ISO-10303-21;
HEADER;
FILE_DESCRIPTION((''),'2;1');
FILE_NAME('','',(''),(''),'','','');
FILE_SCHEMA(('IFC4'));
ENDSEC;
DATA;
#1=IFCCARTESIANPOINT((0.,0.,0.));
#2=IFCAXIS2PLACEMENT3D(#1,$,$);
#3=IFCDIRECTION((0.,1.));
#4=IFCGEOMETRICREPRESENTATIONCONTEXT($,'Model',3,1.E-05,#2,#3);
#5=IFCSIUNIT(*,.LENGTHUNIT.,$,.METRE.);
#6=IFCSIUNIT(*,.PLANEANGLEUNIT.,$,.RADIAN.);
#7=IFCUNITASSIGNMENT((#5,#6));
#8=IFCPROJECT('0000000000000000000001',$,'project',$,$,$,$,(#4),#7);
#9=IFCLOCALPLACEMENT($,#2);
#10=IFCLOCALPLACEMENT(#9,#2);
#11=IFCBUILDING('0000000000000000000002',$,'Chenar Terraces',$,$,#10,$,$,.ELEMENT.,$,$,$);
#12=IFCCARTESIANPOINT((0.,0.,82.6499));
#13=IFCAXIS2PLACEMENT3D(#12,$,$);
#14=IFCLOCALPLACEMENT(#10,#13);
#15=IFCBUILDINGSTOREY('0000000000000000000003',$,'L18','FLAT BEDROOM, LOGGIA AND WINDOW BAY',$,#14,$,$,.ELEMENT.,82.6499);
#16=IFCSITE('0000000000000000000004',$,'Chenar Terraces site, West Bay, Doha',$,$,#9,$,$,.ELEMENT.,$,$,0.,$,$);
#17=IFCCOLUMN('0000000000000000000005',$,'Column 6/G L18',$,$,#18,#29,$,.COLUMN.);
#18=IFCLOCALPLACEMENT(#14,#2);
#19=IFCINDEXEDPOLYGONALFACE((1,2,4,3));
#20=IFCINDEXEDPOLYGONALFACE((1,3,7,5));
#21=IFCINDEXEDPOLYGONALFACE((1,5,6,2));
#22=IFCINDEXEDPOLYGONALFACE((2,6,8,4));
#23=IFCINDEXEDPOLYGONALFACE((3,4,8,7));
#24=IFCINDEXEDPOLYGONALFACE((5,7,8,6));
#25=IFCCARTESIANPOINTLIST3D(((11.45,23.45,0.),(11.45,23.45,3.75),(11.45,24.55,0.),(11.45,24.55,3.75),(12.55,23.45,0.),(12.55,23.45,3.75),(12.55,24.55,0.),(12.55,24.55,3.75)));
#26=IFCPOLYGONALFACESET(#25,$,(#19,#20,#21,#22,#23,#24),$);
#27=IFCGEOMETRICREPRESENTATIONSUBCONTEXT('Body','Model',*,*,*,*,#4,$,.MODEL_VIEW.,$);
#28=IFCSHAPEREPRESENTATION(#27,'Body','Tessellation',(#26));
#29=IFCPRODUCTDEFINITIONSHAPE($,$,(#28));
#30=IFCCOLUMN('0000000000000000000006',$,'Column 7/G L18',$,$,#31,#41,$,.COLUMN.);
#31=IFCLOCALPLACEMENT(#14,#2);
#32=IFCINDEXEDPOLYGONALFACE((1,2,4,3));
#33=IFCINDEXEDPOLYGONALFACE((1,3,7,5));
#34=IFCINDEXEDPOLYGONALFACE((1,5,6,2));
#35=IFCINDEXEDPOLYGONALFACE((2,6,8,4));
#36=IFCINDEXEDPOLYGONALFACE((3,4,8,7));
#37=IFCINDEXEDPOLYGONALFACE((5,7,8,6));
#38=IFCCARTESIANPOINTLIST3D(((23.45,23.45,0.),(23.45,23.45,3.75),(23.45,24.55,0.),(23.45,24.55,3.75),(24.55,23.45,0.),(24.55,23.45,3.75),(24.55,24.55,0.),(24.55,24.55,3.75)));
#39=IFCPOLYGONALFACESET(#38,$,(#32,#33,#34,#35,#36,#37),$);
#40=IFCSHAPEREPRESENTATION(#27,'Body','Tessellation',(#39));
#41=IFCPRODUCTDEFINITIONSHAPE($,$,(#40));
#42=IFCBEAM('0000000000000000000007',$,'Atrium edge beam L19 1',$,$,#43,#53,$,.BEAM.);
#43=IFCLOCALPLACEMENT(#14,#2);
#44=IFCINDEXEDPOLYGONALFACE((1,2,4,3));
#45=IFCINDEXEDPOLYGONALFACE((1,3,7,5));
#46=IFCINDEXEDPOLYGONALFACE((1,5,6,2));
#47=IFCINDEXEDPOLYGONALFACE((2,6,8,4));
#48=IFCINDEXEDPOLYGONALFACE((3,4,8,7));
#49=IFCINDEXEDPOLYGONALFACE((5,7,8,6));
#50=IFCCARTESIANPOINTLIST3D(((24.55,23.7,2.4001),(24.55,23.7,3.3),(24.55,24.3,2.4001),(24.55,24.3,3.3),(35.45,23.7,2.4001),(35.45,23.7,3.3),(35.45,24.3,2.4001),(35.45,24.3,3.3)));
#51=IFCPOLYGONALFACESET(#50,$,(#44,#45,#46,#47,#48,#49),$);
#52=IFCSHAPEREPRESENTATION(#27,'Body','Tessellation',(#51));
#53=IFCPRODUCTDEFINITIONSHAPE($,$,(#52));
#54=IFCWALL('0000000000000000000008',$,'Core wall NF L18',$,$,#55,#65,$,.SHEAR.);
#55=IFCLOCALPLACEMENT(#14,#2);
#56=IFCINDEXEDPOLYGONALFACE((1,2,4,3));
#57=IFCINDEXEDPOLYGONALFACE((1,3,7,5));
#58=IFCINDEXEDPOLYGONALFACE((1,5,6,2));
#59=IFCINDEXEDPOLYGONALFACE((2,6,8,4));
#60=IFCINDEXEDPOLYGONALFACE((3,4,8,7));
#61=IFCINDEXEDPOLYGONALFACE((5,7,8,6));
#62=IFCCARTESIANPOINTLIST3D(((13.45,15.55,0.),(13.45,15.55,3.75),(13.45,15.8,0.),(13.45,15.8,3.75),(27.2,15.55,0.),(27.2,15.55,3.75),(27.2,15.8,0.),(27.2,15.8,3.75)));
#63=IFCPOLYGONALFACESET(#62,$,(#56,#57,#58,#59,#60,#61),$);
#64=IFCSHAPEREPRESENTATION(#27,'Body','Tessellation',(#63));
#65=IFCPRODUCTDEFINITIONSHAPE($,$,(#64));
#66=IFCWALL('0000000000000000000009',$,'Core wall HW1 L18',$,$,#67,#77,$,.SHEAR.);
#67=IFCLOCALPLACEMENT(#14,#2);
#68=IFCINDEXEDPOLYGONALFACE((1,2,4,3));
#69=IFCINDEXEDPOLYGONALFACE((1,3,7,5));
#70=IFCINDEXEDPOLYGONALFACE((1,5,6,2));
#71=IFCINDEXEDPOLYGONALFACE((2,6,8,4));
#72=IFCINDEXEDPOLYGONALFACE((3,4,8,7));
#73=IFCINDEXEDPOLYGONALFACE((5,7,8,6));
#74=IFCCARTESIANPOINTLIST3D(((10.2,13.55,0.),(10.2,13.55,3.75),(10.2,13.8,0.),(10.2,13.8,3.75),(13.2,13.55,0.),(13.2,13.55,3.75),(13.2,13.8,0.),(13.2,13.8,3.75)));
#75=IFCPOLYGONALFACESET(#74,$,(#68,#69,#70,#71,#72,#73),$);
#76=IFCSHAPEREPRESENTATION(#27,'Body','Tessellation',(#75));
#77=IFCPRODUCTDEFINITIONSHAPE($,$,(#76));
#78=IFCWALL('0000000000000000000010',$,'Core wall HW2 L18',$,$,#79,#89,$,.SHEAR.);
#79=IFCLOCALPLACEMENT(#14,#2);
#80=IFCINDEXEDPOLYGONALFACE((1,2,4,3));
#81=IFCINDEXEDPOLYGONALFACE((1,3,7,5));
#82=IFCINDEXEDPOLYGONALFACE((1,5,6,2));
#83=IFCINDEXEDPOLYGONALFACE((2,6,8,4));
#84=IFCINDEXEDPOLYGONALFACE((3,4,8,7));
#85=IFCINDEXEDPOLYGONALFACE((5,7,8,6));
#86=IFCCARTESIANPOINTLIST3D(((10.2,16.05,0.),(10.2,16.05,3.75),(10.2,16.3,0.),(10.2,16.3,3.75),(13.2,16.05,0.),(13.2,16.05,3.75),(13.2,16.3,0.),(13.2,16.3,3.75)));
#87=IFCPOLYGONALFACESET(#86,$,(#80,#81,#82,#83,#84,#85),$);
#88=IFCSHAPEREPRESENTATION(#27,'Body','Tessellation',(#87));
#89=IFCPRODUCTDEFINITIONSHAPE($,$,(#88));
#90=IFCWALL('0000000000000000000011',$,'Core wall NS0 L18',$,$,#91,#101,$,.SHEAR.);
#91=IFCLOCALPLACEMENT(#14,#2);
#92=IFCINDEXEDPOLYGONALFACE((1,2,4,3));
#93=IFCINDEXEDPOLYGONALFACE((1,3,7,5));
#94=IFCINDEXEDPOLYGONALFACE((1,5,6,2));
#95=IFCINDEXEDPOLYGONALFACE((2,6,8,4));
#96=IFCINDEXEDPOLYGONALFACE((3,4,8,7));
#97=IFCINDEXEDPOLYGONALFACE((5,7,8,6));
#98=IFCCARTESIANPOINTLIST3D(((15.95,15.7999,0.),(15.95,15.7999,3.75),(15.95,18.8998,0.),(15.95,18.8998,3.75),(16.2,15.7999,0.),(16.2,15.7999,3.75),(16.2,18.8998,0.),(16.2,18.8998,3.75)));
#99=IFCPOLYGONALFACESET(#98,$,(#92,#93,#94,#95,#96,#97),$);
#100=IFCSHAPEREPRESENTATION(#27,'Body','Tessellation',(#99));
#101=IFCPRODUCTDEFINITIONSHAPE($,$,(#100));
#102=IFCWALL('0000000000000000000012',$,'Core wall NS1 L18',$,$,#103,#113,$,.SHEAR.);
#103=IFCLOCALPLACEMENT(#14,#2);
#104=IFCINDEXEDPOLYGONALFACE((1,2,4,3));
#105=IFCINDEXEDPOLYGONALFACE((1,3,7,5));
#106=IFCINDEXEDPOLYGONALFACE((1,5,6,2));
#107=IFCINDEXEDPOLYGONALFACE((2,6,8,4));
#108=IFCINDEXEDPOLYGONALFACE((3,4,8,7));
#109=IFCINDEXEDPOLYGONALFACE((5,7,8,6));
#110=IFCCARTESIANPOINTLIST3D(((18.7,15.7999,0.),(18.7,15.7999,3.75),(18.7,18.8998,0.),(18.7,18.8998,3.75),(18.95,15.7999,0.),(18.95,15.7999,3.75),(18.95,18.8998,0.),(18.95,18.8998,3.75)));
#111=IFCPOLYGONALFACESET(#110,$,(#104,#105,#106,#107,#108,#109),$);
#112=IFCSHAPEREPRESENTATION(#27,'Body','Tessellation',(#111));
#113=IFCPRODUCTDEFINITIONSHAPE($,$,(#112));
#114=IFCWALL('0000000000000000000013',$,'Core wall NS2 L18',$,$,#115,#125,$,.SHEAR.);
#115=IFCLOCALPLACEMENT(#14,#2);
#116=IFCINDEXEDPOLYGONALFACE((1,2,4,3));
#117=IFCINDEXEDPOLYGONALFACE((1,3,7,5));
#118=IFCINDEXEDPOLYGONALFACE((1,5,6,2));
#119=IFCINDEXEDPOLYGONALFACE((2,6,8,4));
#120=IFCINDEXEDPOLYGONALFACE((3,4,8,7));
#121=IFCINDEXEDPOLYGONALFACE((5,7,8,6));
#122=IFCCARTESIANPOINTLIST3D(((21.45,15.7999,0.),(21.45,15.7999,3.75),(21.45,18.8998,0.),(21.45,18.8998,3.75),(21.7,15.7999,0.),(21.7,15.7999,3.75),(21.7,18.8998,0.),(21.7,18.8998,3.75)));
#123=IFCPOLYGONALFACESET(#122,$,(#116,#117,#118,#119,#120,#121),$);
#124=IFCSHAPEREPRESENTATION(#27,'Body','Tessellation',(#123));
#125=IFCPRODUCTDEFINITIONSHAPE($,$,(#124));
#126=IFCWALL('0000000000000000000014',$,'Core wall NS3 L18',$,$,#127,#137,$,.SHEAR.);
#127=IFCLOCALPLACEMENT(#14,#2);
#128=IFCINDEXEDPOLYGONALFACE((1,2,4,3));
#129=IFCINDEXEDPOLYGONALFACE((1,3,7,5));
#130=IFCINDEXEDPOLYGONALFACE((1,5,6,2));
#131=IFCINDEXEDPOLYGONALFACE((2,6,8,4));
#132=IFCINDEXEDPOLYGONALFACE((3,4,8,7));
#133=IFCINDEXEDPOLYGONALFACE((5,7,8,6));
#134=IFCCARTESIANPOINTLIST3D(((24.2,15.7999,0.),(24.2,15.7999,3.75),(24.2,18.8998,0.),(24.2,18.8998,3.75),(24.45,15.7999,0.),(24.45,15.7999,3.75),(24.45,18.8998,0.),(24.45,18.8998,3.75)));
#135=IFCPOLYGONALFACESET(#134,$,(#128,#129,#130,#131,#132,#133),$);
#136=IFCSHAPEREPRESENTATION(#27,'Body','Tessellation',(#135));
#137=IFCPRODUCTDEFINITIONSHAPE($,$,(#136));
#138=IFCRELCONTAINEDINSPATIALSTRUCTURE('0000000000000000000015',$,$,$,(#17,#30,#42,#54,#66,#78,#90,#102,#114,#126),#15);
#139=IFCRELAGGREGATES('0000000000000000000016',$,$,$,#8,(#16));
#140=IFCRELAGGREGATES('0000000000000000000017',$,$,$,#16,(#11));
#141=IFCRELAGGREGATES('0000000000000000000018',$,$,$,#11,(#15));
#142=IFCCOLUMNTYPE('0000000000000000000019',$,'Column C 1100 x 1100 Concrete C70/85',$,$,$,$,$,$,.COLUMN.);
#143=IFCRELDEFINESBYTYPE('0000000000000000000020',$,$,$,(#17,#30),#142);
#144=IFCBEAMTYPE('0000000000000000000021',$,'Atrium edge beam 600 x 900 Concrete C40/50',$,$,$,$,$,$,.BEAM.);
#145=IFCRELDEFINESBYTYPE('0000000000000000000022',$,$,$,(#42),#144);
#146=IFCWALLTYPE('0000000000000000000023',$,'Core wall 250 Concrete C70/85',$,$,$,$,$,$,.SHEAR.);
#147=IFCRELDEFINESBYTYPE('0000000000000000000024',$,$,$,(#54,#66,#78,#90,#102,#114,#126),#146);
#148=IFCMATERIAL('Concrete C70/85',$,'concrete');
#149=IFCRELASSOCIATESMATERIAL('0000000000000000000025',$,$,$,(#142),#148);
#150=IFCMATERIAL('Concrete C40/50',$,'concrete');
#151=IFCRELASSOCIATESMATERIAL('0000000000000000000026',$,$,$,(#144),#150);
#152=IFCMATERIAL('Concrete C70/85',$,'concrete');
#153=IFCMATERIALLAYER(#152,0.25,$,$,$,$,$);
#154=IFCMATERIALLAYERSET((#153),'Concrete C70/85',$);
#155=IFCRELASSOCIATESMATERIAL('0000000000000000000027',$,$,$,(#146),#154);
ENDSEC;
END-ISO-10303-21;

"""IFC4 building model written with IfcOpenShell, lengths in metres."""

from ifc_helpers import new_model, si_unit, direction, frame, frame_2d, origin, origin_2d, place, context, subcontext, project, spatial, rectangle, extrude, material, layer, layer_set, material_profile, profile_set, type_object, element, save


model = new_model("IFC4")

# Units and contexts
model_context = context("Model", 3, precision=1e-05, world=origin(), true_north=direction((0.0, 1.0)))
body_context = subcontext(model_context, "Body", "Model", "MODEL_VIEW")
ifc_project = project(units=[si_unit("LENGTHUNIT", "METRE"), si_unit("PLANEANGLEUNIT", "RADIAN")], contexts=[model_context])

# Site, building, storey
site_placement = place(None, origin())
site = spatial("IfcSite", under=ifc_project, at=site_placement, Name="Chenar Terraces site, West Bay, Doha", CompositionType="ELEMENT", RefElevation=0.0)
building_placement = place(site_placement, origin())
building = spatial("IfcBuilding", under=site, at=building_placement, Name="Chenar Terraces", CompositionType="ELEMENT")
storey_placement = place(building_placement, frame((0.0, 0.0, 82.6499)))
storey = spatial("IfcBuildingStorey", under=building, at=storey_placement, Name="L18", Description="FLAT BEDROOM, LOGGIA AND WINDOW BAY", CompositionType="ELEMENT", Elevation=82.6499)

# Columns
ifc_material_1 = material(Name="Concrete C70/85", Category="concrete")
ifc_material_profile_1 = material_profile(ifc_material_1, rectangle(XDim=1.1001, YDim=1.1001, at=origin_2d()), Name="C 1100 x 1100")
ifc_profile_set_1 = profile_set([ifc_material_profile_1], Name="Concrete C70/85")
column_type = type_object("IfcColumnType", Name="Column C 1100 x 1100 Concrete C70/85", PredefinedType="COLUMN", material=ifc_profile_set_1)
for number, where, z_axis, x_axis, name in (
    (1, (12.0, 24.0, 0.0), (0.0, 0.0, 1.0), (1.0, 0.0, 0.0), "Column 6/G L18"),
    (2, (24.0, 24.0, 0.0), (0.0, 0.0, 1.0), (1.0, 0.0, 0.0), "Column 7/G L18"),
):
    element("IfcColumn", number, at=place(storey_placement, frame(where, z_axis=z_axis, x_axis=x_axis)), inside=storey, type_object=column_type, Name=name, PredefinedType="COLUMN", context=body_context, shape_type="SweptSolid", body=[
        extrude(rectangle(XDim=1.1001, YDim=1.1001, at=origin_2d()), origin(), (0.0, 0.0, 1.0), 3.75),
    ])

# Beam
ifc_material_2 = material(Name="Concrete C40/50", Category="concrete")
ifc_material_profile_2 = material_profile(ifc_material_2, rectangle(XDim=0.6001, YDim=0.8999, at=origin_2d()), Name="RC 600 x 900")
ifc_profile_set_2 = profile_set([ifc_material_profile_2], Name="Concrete C40/50")
beam_type = type_object("IfcBeamType", Name="Atrium edge beam 600 x 900 Concrete C40/50", PredefinedType="BEAM", material=ifc_profile_set_2)
beam_placement = place(storey_placement, frame((24.55, 24.0, 2.8501), z_axis=(1.0, 0.0, 0.0), x_axis=(0.0, 1.0, 0.0)))
element("IfcBeam", 3, at=beam_placement, inside=storey, type_object=beam_type, Name="Atrium edge beam L19 1", PredefinedType="BEAM", context=body_context, shape_type="SweptSolid", body=[
    extrude(rectangle(XDim=0.6001, YDim=0.8999, at=origin_2d()), origin(), (0.0, 0.0, 1.0), 10.8999),
])

# Walls
ifc_material_3 = material(Name="Concrete C70/85", Category="concrete")
ifc_layer_1 = layer(ifc_material_3, 0.25)
ifc_layer_set_1 = layer_set([ifc_layer_1], Name="Concrete C70/85")
wall_type_1 = type_object("IfcWallType", Name="Core wall 250 Concrete C70/85", PredefinedType="SHEAR", material=ifc_layer_set_1)
wall_1_placement = place(storey_placement, frame((13.45, 15.675, 0.0), z_axis=(0.0, 0.0, 1.0), x_axis=(1.0, 0.0, 0.0)))
element("IfcWall", 4, at=wall_1_placement, inside=storey, type_object=wall_type_1, Name="Core wall NF L18", PredefinedType="SHEAR", context=body_context, shape_type="SweptSolid", body=[
    extrude(rectangle(XDim=13.75, YDim=0.25, at=frame_2d((6.875, 0.0))), origin(), (0.0, 0.0, 1.0), 3.75),
])
for number, where, z_axis, x_axis, name in (
    (5, (10.2, 13.675, 0.0), (0.0, 0.0, 1.0), (1.0, 0.0, 0.0), "Core wall HW1 L18"),
    (6, (10.2, 16.175, 0.0), (0.0, 0.0, 1.0), (1.0, 0.0, 0.0), "Core wall HW2 L18"),
):
    element("IfcWall", number, at=place(storey_placement, frame(where, z_axis=z_axis, x_axis=x_axis)), inside=storey, type_object=wall_type_1, Name=name, PredefinedType="SHEAR", context=body_context, shape_type="SweptSolid", body=[
        extrude(rectangle(XDim=3.0, YDim=0.25, at=frame_2d((1.5, 0.0))), origin(), (0.0, 0.0, 1.0), 3.75),
    ])
for number, where, z_axis, x_axis, name in (
    (7, (16.075, 15.8, 0.0), (0.0, 0.0, 1.0), (0.0, 1.0, 0.0), "Core wall NS0 L18"),
    (8, (18.825, 15.8, 0.0), (0.0, 0.0, 1.0), (0.0, 1.0, 0.0), "Core wall NS1 L18"),
    (9, (21.575, 15.8, 0.0), (0.0, 0.0, 1.0), (0.0, 1.0, 0.0), "Core wall NS2 L18"),
    (10, (24.325, 15.8, 0.0), (0.0, 0.0, 1.0), (0.0, 1.0, 0.0), "Core wall NS3 L18"),
):
    element("IfcWall", number, at=place(storey_placement, frame(where, z_axis=z_axis, x_axis=x_axis)), inside=storey, type_object=wall_type_1, Name=name, PredefinedType="SHEAR", context=body_context, shape_type="SweptSolid", body=[
        extrude(rectangle(XDim=3.0999, YDim=0.25, at=frame_2d((1.5498, 0.0))), origin(), (0.0, 0.0, 1.0), 3.75),
    ])

save(model, "model.ifc")
